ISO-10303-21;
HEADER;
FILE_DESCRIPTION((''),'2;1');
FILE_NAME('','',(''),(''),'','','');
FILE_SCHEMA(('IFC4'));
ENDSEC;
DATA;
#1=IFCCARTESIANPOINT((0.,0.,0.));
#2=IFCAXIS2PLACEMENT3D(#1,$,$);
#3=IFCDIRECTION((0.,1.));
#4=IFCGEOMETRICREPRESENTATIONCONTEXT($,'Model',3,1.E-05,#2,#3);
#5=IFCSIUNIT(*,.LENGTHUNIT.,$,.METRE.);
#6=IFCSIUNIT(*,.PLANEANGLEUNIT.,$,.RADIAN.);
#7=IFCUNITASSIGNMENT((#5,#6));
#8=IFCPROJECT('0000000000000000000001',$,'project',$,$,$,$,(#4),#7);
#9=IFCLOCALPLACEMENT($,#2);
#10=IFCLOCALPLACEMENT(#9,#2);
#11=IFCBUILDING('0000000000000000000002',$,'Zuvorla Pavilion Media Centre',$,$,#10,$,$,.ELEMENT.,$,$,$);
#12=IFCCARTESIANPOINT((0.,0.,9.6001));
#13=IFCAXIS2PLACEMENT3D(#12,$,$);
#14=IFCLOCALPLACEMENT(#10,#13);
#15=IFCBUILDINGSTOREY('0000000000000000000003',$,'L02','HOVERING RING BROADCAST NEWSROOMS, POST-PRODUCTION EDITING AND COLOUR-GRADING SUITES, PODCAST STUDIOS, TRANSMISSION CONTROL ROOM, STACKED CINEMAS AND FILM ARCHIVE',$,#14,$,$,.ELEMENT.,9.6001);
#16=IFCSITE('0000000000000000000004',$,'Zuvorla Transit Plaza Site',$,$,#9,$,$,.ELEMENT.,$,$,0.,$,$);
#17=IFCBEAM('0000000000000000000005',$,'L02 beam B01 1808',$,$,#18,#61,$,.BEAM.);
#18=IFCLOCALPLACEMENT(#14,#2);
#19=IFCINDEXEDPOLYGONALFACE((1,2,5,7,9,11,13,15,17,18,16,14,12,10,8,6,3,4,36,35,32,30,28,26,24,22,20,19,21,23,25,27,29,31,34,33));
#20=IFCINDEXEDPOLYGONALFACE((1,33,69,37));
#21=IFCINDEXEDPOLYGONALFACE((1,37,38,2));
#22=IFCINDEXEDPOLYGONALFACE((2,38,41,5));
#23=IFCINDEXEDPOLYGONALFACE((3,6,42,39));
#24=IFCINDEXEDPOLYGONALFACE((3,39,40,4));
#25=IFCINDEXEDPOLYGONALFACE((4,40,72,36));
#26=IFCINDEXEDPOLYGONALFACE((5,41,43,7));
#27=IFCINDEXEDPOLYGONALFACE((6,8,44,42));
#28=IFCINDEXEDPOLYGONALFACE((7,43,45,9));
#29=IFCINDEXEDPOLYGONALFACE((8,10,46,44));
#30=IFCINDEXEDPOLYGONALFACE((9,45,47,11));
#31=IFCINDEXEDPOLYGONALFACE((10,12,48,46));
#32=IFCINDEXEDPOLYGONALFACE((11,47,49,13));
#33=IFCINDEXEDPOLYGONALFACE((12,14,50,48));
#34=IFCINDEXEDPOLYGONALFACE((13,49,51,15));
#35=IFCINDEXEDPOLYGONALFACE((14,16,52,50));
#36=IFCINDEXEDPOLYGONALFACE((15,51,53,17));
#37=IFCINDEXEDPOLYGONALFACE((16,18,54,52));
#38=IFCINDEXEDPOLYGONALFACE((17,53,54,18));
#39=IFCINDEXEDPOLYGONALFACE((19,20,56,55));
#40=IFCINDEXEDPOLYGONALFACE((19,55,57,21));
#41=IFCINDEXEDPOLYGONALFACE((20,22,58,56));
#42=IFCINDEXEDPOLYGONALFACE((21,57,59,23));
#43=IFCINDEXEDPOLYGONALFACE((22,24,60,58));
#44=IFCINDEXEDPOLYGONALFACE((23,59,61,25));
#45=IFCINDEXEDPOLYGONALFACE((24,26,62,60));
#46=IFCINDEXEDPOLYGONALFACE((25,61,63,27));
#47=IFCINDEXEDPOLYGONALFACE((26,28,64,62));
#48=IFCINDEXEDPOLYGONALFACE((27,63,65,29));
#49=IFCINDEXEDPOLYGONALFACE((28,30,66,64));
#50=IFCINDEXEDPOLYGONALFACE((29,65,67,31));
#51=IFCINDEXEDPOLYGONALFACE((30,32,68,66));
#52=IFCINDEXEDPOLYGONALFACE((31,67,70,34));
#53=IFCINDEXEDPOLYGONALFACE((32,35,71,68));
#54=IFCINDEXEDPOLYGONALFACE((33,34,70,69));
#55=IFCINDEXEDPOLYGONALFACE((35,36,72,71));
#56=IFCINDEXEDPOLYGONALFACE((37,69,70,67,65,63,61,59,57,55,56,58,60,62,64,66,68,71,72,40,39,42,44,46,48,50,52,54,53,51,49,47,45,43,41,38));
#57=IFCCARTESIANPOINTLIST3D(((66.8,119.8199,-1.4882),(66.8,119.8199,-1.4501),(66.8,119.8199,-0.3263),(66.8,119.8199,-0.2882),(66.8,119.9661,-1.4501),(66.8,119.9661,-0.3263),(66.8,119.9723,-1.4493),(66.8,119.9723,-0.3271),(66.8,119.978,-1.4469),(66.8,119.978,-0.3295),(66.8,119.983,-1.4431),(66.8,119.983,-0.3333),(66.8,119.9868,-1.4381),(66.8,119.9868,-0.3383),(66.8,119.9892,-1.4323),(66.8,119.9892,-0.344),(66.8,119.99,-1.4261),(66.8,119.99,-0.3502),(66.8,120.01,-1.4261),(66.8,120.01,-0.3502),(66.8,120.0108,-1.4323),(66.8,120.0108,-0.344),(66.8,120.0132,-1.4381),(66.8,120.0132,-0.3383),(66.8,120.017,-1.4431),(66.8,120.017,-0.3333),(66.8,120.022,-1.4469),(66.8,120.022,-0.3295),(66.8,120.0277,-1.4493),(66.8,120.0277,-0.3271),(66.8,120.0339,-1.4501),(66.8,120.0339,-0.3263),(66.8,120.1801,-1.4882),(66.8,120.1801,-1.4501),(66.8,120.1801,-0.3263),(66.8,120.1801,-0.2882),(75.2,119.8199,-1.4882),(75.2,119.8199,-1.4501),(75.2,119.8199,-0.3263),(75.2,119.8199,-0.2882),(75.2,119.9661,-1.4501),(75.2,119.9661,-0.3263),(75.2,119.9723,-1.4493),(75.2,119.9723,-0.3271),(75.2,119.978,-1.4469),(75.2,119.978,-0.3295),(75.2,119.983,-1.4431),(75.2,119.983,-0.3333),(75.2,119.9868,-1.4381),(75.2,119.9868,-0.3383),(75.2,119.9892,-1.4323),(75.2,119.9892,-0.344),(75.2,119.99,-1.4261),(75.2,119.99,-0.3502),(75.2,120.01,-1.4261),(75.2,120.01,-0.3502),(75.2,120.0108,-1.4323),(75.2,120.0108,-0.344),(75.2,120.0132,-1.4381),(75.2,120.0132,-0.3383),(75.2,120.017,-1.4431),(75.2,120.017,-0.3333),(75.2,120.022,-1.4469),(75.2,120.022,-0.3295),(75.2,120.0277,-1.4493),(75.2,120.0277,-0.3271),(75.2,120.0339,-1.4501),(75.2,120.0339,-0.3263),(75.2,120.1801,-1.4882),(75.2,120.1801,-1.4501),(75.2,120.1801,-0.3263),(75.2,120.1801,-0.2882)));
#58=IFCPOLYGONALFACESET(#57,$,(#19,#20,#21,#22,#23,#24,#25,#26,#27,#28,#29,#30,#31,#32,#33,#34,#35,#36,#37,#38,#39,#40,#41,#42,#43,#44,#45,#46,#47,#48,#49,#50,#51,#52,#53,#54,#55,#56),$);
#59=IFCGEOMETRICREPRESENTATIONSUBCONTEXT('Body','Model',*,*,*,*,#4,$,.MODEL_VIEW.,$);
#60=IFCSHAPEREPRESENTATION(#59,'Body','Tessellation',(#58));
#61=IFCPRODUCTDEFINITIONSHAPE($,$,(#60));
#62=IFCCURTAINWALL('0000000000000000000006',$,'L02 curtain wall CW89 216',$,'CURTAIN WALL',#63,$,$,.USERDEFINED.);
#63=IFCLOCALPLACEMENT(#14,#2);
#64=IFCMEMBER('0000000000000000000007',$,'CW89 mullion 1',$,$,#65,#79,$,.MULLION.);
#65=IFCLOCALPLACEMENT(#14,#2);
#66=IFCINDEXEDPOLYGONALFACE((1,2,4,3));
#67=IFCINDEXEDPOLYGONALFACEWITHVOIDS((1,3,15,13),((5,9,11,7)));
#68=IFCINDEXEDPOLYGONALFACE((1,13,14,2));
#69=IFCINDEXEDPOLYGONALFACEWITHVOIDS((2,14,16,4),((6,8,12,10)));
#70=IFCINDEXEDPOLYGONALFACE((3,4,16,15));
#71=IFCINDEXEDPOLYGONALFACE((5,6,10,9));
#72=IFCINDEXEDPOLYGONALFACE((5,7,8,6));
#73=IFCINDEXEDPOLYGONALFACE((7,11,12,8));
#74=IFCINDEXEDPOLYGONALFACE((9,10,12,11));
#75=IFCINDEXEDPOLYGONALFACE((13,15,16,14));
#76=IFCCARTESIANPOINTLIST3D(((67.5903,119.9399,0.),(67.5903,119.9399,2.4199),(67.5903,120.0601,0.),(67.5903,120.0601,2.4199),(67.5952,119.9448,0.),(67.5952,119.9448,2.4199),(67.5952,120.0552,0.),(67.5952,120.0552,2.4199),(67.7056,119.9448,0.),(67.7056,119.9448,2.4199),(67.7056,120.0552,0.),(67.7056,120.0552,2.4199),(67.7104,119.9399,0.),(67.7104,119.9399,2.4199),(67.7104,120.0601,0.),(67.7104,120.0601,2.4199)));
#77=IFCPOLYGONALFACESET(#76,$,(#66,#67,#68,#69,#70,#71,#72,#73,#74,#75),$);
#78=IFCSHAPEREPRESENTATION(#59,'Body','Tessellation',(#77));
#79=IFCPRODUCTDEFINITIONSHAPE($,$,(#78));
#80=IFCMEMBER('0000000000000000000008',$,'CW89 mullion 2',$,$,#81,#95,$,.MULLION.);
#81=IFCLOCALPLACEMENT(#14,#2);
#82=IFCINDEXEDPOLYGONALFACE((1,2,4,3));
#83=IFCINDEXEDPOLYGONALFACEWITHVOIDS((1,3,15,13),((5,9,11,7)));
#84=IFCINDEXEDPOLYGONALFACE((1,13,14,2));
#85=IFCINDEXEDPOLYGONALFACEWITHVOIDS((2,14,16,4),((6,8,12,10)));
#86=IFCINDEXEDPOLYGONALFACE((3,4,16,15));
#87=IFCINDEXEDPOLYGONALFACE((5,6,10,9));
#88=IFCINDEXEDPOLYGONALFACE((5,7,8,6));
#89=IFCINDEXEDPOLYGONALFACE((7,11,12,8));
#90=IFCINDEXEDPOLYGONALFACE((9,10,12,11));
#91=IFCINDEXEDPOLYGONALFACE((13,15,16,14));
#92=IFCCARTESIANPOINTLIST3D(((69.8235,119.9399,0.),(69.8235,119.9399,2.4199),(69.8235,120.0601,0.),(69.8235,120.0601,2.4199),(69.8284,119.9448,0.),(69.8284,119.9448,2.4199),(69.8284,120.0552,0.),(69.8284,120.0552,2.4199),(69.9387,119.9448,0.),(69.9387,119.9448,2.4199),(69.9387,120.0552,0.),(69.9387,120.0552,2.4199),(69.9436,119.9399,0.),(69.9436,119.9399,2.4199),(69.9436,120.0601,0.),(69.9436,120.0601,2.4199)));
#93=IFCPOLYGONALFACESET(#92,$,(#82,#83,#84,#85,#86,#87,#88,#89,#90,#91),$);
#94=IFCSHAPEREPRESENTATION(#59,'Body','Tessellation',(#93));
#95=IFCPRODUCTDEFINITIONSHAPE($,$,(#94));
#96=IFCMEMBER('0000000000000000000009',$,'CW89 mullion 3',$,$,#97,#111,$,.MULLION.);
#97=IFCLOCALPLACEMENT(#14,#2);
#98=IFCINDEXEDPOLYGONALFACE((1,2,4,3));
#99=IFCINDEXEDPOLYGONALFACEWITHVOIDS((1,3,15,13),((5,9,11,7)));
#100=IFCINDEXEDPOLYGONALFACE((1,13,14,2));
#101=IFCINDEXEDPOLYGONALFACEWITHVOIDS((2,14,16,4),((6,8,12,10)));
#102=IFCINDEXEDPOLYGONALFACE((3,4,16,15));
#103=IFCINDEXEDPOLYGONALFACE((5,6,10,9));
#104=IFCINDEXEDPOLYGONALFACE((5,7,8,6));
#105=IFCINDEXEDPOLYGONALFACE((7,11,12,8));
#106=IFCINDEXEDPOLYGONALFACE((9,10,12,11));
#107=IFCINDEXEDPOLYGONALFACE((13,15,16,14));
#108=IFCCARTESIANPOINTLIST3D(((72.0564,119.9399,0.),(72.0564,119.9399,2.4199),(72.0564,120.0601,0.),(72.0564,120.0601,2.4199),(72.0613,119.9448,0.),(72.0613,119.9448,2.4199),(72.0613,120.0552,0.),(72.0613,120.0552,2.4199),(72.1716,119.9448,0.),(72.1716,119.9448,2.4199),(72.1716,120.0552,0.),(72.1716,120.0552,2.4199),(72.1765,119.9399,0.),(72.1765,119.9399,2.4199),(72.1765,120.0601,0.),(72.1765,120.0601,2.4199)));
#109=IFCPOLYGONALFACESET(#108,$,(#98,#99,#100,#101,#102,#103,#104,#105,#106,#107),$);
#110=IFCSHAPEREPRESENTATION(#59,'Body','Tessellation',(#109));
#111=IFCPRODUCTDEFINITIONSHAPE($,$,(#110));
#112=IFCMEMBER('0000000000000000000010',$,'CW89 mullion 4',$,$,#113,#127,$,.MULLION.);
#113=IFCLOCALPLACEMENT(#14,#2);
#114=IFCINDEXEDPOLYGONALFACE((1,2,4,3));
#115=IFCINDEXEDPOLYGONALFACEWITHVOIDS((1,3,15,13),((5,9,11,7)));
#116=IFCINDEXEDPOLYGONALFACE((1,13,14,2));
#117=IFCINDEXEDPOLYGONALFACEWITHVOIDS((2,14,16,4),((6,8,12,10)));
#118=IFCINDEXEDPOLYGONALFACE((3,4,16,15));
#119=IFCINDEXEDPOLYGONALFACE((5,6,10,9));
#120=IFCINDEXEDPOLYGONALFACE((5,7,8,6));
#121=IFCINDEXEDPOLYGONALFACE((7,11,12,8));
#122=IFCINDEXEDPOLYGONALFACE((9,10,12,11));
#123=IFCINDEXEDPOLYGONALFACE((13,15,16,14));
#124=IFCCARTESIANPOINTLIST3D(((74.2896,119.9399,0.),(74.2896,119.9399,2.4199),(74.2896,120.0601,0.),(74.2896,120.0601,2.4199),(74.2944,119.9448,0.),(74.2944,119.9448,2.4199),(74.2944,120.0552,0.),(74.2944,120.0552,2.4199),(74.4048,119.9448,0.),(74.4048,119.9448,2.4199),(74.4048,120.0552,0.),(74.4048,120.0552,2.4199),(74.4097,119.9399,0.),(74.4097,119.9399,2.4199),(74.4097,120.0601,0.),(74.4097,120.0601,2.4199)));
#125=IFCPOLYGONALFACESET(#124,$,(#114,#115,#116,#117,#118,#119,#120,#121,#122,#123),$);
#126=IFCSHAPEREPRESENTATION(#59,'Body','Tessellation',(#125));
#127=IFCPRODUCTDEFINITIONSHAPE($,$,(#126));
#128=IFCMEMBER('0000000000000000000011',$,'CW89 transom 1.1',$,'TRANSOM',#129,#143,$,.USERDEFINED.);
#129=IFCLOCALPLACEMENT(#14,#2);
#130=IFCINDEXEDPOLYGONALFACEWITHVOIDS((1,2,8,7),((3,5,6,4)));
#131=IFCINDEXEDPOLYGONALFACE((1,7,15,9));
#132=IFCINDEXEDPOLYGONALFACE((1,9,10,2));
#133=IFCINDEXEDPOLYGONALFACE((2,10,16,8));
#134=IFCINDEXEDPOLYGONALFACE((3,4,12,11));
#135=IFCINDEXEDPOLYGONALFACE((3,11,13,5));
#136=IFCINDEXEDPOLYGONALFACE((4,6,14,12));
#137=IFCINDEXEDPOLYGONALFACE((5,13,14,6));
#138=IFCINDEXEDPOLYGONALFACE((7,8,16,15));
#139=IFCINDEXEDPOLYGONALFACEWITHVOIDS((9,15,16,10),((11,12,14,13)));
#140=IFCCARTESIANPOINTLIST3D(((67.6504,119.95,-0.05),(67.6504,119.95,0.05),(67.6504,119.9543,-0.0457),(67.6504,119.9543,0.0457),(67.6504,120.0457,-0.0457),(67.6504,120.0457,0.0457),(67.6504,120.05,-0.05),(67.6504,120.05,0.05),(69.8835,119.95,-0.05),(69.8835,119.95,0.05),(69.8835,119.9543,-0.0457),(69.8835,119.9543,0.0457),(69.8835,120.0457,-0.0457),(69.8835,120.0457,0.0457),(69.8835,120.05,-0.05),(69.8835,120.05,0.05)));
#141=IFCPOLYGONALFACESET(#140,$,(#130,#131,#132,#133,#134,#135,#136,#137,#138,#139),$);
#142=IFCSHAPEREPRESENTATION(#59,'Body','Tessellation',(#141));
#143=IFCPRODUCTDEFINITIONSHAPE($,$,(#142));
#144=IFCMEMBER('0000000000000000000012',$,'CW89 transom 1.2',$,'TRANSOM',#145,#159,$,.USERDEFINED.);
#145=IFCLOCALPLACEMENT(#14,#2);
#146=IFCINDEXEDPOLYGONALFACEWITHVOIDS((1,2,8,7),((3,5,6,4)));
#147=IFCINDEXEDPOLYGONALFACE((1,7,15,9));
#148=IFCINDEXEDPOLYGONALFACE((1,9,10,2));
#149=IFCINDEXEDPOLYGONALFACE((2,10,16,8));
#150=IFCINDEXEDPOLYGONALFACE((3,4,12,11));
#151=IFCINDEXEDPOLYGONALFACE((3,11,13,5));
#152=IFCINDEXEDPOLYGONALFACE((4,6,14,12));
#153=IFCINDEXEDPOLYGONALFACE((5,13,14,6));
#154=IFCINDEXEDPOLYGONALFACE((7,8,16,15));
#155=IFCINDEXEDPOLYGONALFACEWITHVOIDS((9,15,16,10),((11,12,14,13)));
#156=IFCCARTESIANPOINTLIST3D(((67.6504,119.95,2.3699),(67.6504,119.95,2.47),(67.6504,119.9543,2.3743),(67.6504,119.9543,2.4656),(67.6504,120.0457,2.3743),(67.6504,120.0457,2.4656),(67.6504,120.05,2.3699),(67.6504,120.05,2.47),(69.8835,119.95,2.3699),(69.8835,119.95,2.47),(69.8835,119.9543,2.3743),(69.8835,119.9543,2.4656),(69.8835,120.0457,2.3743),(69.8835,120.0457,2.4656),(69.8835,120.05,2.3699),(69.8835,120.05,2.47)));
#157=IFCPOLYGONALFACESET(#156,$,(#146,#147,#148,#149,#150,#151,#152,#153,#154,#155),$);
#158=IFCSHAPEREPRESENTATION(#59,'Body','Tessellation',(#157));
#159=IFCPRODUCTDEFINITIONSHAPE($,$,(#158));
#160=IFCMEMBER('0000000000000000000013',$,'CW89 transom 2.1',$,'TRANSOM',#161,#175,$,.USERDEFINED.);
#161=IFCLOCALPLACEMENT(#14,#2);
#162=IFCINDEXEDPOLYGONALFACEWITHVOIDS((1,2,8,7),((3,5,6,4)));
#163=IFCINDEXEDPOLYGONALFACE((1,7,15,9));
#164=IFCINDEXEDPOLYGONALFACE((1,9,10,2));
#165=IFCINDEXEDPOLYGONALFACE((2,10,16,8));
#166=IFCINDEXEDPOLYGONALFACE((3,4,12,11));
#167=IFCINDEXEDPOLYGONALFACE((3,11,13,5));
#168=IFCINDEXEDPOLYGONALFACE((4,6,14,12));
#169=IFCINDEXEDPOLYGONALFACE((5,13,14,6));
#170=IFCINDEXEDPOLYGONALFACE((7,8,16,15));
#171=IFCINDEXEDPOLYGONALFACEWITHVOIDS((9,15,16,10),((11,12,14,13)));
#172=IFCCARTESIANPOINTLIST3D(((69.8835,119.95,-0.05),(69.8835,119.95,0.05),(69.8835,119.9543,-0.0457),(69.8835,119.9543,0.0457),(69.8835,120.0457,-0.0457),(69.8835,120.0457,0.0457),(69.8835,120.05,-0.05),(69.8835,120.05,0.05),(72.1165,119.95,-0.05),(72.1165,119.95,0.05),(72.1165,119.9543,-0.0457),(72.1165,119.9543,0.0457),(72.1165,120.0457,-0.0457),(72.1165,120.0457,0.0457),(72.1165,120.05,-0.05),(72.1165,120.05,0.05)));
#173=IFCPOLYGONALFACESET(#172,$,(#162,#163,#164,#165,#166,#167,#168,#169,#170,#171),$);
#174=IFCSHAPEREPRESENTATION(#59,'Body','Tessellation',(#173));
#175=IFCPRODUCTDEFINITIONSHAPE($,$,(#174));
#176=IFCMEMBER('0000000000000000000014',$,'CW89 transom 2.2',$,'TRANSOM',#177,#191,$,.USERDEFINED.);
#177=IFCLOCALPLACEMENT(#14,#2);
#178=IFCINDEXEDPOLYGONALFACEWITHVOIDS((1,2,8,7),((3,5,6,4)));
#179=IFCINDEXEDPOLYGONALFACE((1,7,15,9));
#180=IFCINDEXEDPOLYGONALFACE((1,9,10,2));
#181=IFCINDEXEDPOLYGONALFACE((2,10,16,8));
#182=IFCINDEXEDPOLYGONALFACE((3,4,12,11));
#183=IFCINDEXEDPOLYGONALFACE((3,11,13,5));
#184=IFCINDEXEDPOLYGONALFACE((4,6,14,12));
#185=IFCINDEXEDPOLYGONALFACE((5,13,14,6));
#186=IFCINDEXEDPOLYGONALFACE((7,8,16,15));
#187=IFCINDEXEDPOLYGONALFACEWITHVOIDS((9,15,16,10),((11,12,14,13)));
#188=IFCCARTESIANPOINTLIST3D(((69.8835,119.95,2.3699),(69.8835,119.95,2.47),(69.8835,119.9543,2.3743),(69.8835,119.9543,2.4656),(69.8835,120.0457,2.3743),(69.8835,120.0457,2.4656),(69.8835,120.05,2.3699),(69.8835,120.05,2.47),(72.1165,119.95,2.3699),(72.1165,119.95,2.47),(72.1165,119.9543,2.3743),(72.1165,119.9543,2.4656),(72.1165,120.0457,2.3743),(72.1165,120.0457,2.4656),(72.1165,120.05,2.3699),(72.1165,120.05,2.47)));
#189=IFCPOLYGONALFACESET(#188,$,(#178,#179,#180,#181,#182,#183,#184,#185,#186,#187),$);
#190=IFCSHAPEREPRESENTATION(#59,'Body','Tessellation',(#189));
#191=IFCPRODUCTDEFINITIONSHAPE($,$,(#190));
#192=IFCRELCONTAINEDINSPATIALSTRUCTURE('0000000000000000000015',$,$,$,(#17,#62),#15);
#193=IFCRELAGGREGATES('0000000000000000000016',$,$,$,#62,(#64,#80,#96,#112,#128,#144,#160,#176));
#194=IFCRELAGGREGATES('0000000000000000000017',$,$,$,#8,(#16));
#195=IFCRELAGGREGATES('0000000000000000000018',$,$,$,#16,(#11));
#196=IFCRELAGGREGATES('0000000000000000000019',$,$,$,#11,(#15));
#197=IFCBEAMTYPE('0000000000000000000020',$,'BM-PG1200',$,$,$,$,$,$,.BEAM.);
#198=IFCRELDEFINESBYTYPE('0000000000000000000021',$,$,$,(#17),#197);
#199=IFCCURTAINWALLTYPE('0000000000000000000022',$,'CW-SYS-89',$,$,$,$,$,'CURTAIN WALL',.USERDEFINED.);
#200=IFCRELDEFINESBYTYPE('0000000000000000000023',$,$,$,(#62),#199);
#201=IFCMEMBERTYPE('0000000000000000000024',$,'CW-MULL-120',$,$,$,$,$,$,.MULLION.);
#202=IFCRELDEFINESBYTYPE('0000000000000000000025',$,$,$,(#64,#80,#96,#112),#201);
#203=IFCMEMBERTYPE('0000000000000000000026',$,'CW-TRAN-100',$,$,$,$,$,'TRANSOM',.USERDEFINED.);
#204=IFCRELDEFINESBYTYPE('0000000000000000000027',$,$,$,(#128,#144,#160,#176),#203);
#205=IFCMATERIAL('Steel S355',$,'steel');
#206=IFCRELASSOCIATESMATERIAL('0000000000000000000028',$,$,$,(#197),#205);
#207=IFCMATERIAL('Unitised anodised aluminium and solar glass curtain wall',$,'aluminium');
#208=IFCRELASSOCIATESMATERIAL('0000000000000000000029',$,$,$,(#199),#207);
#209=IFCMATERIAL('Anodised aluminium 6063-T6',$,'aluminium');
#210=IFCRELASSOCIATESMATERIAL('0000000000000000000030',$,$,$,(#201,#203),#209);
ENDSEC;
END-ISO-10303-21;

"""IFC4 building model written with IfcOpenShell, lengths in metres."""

from ifc_helpers import new_model, si_unit, direction, frame, origin, origin_2d, place, context, subcontext, project, spatial, hollow_rectangle, i_section, extrude, material, material_profile, profile_set, type_object, element, aggregate, save


model = new_model("IFC4")

# Units and contexts
model_context = context("Model", 3, precision=1e-05, world=origin(), true_north=direction((0.0, 1.0)))
body_context = subcontext(model_context, "Body", "Model", "MODEL_VIEW")
ifc_project = project(units=[si_unit("LENGTHUNIT", "METRE"), si_unit("PLANEANGLEUNIT", "RADIAN")], contexts=[model_context])

# Site, building, storey
site_placement = place(None, origin())
site = spatial("IfcSite", under=ifc_project, at=site_placement, Name="Zuvorla Transit Plaza Site", CompositionType="ELEMENT", RefElevation=0.0)
building_placement = place(site_placement, origin())
building = spatial("IfcBuilding", under=site, at=building_placement, Name="Zuvorla Pavilion Media Centre", CompositionType="ELEMENT")
storey_placement = place(building_placement, frame((0.0, 0.0, 9.6001)))
storey = spatial("IfcBuildingStorey", under=building, at=storey_placement, Name="L02", Description="HOVERING RING BROADCAST NEWSROOMS, POST-PRODUCTION EDITING AND COLOUR-GRADING SUITES, PODCAST STUDIOS, TRANSMISSION CONTROL ROOM, STACKED CINEMAS AND FILM ARCHIVE", CompositionType="ELEMENT", Elevation=9.6001)

# Beam
ifc_material_1 = material(Name="Steel S355", Category="steel")
ifc_material_profile_1 = material_profile(ifc_material_1, i_section(OverallWidth=0.3601, OverallDepth=1.2, WebThickness=0.02, FlangeThickness=0.0381, FilletRadius=0.0239, at=origin_2d()), Name="PG 1200x360x38")
ifc_profile_set_1 = profile_set([ifc_material_profile_1], Name="Steel S355")
beam_type = type_object("IfcBeamType", Name="BM-PG1200", PredefinedType="BEAM", material=ifc_profile_set_1)
beam_placement = place(storey_placement, frame((66.8, 120.0, -0.8882), z_axis=(1.0, 0.0, 0.0), x_axis=(0.0, 1.0, 0.0)))
element("IfcBeam", 1, at=beam_placement, inside=storey, type_object=beam_type, Name="L02 beam B01 1808", PredefinedType="BEAM", context=body_context, shape_type="SweptSolid", body=[
    extrude(i_section(OverallWidth=0.3601, OverallDepth=1.2, WebThickness=0.02, FlangeThickness=0.0381, FilletRadius=0.0239, at=origin_2d()), origin(), (0.0, 0.0, 1.0), 8.3999),
])

# Curtain wall, members
ifc_material_2 = material(Name="Unitised anodised aluminium and solar glass curtain wall", Category="aluminium")
curtain_wall_type = type_object("IfcCurtainWallType", Name="CW-SYS-89", ElementType="CURTAIN WALL", PredefinedType="USERDEFINED", material=ifc_material_2)
curtain_wall_placement = place(storey_placement, origin())
curtain_wall = element("IfcCurtainWall", 2, at=curtain_wall_placement, inside=storey, type_object=curtain_wall_type, Name="L02 curtain wall CW89 216", ObjectType="CURTAIN WALL", PredefinedType="USERDEFINED")
ifc_material_3 = material(Name="Anodised aluminium 6063-T6", Category="aluminium")
ifc_material_profile_2 = material_profile(ifc_material_3, hollow_rectangle(XDim=0.1201, YDim=0.1201, WallThickness=0.0049, at=origin_2d()), Name="ALU MULL 120x120")
ifc_profile_set_2 = profile_set([ifc_material_profile_2], Name="Anodised aluminium 6063-T6")
member_type_1 = type_object("IfcMemberType", Name="CW-MULL-120", PredefinedType="MULLION", material=ifc_profile_set_2)
member_1_placement = place(storey_placement, frame((67.6504, 120.0, 0.0), z_axis=(0.0, 0.0, 1.0), x_axis=(1.0, 0.0, 0.0)))
member_1 = element("IfcMember", 3, at=member_1_placement, type_object=member_type_1, Name="CW89 mullion 1", PredefinedType="MULLION", context=body_context, shape_type="SweptSolid", body=[
    extrude(hollow_rectangle(XDim=0.1201, YDim=0.1201, WallThickness=0.0049, at=origin_2d()), origin(), (0.0, 0.0, 1.0), 2.4199),
])
member_2_placement = place(storey_placement, frame((69.8835, 120.0, 0.0), z_axis=(0.0, 0.0, 1.0), x_axis=(1.0, 0.0, 0.0)))
member_2 = element("IfcMember", 4, at=member_2_placement, type_object=member_type_1, Name="CW89 mullion 2", PredefinedType="MULLION", context=body_context, shape_type="SweptSolid", body=[
    extrude(hollow_rectangle(XDim=0.1201, YDim=0.1201, WallThickness=0.0049, at=origin_2d()), origin(), (0.0, 0.0, 1.0), 2.4199),
])
member_3_placement = place(storey_placement, frame((72.1165, 120.0, 0.0), z_axis=(0.0, 0.0, 1.0), x_axis=(1.0, 0.0, 0.0)))
member_3 = element("IfcMember", 5, at=member_3_placement, type_object=member_type_1, Name="CW89 mullion 3", PredefinedType="MULLION", context=body_context, shape_type="SweptSolid", body=[
    extrude(hollow_rectangle(XDim=0.1201, YDim=0.1201, WallThickness=0.0049, at=origin_2d()), origin(), (0.0, 0.0, 1.0), 2.4199),
])
member_4_placement = place(storey_placement, frame((74.3496, 120.0, 0.0), z_axis=(0.0, 0.0, 1.0), x_axis=(1.0, 0.0, 0.0)))
member_4 = element("IfcMember", 6, at=member_4_placement, type_object=member_type_1, Name="CW89 mullion 4", PredefinedType="MULLION", context=body_context, shape_type="SweptSolid", body=[
    extrude(hollow_rectangle(XDim=0.1201, YDim=0.1201, WallThickness=0.0049, at=origin_2d()), origin(), (0.0, 0.0, 1.0), 2.4199),
])
ifc_material_profile_3 = material_profile(ifc_material_3, hollow_rectangle(XDim=0.1001, YDim=0.1001, WallThickness=0.0044, at=origin_2d()), Name="ALU TRAN 100x100")
ifc_profile_set_3 = profile_set([ifc_material_profile_3], Name="Anodised aluminium 6063-T6")
member_type_2 = type_object("IfcMemberType", Name="CW-TRAN-100", ElementType="TRANSOM", PredefinedType="USERDEFINED", material=ifc_profile_set_3)
member_5_placement = place(storey_placement, frame((67.6504, 120.0, 0.0), z_axis=(1.0, 0.0, 0.0), x_axis=(0.0, 1.0, 0.0)))
member_5 = element("IfcMember", 7, at=member_5_placement, type_object=member_type_2, Name="CW89 transom 1.1", ObjectType="TRANSOM", PredefinedType="USERDEFINED", context=body_context, shape_type="SweptSolid", body=[
    extrude(hollow_rectangle(XDim=0.1001, YDim=0.1001, WallThickness=0.0044, at=origin_2d()), origin(), (0.0, 0.0, 1.0), 2.2332),
])
member_6_placement = place(storey_placement, frame((67.6504, 120.0, 2.4199), z_axis=(1.0, 0.0, 0.0), x_axis=(0.0, 1.0, 0.0)))
member_6 = element("IfcMember", 8, at=member_6_placement, type_object=member_type_2, Name="CW89 transom 1.2", ObjectType="TRANSOM", PredefinedType="USERDEFINED", context=body_context, shape_type="SweptSolid", body=[
    extrude(hollow_rectangle(XDim=0.1001, YDim=0.1001, WallThickness=0.0044, at=origin_2d()), origin(), (0.0, 0.0, 1.0), 2.2332),
])
member_7_placement = place(storey_placement, frame((69.8835, 120.0, 0.0), z_axis=(1.0, 0.0, 0.0), x_axis=(0.0, 1.0, 0.0)))
member_7 = element("IfcMember", 9, at=member_7_placement, type_object=member_type_2, Name="CW89 transom 2.1", ObjectType="TRANSOM", PredefinedType="USERDEFINED", context=body_context, shape_type="SweptSolid", body=[
    extrude(hollow_rectangle(XDim=0.1001, YDim=0.1001, WallThickness=0.0044, at=origin_2d()), origin(), (0.0, 0.0, 1.0), 2.2329),
])
member_8_placement = place(storey_placement, frame((69.8835, 120.0, 2.4199), z_axis=(1.0, 0.0, 0.0), x_axis=(0.0, 1.0, 0.0)))
member_8 = element("IfcMember", 10, at=member_8_placement, type_object=member_type_2, Name="CW89 transom 2.2", ObjectType="TRANSOM", PredefinedType="USERDEFINED", context=body_context, shape_type="SweptSolid", body=[
    extrude(hollow_rectangle(XDim=0.1001, YDim=0.1001, WallThickness=0.0044, at=origin_2d()), origin(), (0.0, 0.0, 1.0), 2.2329),
])

aggregate(curtain_wall, [member_1, member_2, member_3, member_4, member_5, member_6, member_7, member_8])

save(model, "model.ifc")
